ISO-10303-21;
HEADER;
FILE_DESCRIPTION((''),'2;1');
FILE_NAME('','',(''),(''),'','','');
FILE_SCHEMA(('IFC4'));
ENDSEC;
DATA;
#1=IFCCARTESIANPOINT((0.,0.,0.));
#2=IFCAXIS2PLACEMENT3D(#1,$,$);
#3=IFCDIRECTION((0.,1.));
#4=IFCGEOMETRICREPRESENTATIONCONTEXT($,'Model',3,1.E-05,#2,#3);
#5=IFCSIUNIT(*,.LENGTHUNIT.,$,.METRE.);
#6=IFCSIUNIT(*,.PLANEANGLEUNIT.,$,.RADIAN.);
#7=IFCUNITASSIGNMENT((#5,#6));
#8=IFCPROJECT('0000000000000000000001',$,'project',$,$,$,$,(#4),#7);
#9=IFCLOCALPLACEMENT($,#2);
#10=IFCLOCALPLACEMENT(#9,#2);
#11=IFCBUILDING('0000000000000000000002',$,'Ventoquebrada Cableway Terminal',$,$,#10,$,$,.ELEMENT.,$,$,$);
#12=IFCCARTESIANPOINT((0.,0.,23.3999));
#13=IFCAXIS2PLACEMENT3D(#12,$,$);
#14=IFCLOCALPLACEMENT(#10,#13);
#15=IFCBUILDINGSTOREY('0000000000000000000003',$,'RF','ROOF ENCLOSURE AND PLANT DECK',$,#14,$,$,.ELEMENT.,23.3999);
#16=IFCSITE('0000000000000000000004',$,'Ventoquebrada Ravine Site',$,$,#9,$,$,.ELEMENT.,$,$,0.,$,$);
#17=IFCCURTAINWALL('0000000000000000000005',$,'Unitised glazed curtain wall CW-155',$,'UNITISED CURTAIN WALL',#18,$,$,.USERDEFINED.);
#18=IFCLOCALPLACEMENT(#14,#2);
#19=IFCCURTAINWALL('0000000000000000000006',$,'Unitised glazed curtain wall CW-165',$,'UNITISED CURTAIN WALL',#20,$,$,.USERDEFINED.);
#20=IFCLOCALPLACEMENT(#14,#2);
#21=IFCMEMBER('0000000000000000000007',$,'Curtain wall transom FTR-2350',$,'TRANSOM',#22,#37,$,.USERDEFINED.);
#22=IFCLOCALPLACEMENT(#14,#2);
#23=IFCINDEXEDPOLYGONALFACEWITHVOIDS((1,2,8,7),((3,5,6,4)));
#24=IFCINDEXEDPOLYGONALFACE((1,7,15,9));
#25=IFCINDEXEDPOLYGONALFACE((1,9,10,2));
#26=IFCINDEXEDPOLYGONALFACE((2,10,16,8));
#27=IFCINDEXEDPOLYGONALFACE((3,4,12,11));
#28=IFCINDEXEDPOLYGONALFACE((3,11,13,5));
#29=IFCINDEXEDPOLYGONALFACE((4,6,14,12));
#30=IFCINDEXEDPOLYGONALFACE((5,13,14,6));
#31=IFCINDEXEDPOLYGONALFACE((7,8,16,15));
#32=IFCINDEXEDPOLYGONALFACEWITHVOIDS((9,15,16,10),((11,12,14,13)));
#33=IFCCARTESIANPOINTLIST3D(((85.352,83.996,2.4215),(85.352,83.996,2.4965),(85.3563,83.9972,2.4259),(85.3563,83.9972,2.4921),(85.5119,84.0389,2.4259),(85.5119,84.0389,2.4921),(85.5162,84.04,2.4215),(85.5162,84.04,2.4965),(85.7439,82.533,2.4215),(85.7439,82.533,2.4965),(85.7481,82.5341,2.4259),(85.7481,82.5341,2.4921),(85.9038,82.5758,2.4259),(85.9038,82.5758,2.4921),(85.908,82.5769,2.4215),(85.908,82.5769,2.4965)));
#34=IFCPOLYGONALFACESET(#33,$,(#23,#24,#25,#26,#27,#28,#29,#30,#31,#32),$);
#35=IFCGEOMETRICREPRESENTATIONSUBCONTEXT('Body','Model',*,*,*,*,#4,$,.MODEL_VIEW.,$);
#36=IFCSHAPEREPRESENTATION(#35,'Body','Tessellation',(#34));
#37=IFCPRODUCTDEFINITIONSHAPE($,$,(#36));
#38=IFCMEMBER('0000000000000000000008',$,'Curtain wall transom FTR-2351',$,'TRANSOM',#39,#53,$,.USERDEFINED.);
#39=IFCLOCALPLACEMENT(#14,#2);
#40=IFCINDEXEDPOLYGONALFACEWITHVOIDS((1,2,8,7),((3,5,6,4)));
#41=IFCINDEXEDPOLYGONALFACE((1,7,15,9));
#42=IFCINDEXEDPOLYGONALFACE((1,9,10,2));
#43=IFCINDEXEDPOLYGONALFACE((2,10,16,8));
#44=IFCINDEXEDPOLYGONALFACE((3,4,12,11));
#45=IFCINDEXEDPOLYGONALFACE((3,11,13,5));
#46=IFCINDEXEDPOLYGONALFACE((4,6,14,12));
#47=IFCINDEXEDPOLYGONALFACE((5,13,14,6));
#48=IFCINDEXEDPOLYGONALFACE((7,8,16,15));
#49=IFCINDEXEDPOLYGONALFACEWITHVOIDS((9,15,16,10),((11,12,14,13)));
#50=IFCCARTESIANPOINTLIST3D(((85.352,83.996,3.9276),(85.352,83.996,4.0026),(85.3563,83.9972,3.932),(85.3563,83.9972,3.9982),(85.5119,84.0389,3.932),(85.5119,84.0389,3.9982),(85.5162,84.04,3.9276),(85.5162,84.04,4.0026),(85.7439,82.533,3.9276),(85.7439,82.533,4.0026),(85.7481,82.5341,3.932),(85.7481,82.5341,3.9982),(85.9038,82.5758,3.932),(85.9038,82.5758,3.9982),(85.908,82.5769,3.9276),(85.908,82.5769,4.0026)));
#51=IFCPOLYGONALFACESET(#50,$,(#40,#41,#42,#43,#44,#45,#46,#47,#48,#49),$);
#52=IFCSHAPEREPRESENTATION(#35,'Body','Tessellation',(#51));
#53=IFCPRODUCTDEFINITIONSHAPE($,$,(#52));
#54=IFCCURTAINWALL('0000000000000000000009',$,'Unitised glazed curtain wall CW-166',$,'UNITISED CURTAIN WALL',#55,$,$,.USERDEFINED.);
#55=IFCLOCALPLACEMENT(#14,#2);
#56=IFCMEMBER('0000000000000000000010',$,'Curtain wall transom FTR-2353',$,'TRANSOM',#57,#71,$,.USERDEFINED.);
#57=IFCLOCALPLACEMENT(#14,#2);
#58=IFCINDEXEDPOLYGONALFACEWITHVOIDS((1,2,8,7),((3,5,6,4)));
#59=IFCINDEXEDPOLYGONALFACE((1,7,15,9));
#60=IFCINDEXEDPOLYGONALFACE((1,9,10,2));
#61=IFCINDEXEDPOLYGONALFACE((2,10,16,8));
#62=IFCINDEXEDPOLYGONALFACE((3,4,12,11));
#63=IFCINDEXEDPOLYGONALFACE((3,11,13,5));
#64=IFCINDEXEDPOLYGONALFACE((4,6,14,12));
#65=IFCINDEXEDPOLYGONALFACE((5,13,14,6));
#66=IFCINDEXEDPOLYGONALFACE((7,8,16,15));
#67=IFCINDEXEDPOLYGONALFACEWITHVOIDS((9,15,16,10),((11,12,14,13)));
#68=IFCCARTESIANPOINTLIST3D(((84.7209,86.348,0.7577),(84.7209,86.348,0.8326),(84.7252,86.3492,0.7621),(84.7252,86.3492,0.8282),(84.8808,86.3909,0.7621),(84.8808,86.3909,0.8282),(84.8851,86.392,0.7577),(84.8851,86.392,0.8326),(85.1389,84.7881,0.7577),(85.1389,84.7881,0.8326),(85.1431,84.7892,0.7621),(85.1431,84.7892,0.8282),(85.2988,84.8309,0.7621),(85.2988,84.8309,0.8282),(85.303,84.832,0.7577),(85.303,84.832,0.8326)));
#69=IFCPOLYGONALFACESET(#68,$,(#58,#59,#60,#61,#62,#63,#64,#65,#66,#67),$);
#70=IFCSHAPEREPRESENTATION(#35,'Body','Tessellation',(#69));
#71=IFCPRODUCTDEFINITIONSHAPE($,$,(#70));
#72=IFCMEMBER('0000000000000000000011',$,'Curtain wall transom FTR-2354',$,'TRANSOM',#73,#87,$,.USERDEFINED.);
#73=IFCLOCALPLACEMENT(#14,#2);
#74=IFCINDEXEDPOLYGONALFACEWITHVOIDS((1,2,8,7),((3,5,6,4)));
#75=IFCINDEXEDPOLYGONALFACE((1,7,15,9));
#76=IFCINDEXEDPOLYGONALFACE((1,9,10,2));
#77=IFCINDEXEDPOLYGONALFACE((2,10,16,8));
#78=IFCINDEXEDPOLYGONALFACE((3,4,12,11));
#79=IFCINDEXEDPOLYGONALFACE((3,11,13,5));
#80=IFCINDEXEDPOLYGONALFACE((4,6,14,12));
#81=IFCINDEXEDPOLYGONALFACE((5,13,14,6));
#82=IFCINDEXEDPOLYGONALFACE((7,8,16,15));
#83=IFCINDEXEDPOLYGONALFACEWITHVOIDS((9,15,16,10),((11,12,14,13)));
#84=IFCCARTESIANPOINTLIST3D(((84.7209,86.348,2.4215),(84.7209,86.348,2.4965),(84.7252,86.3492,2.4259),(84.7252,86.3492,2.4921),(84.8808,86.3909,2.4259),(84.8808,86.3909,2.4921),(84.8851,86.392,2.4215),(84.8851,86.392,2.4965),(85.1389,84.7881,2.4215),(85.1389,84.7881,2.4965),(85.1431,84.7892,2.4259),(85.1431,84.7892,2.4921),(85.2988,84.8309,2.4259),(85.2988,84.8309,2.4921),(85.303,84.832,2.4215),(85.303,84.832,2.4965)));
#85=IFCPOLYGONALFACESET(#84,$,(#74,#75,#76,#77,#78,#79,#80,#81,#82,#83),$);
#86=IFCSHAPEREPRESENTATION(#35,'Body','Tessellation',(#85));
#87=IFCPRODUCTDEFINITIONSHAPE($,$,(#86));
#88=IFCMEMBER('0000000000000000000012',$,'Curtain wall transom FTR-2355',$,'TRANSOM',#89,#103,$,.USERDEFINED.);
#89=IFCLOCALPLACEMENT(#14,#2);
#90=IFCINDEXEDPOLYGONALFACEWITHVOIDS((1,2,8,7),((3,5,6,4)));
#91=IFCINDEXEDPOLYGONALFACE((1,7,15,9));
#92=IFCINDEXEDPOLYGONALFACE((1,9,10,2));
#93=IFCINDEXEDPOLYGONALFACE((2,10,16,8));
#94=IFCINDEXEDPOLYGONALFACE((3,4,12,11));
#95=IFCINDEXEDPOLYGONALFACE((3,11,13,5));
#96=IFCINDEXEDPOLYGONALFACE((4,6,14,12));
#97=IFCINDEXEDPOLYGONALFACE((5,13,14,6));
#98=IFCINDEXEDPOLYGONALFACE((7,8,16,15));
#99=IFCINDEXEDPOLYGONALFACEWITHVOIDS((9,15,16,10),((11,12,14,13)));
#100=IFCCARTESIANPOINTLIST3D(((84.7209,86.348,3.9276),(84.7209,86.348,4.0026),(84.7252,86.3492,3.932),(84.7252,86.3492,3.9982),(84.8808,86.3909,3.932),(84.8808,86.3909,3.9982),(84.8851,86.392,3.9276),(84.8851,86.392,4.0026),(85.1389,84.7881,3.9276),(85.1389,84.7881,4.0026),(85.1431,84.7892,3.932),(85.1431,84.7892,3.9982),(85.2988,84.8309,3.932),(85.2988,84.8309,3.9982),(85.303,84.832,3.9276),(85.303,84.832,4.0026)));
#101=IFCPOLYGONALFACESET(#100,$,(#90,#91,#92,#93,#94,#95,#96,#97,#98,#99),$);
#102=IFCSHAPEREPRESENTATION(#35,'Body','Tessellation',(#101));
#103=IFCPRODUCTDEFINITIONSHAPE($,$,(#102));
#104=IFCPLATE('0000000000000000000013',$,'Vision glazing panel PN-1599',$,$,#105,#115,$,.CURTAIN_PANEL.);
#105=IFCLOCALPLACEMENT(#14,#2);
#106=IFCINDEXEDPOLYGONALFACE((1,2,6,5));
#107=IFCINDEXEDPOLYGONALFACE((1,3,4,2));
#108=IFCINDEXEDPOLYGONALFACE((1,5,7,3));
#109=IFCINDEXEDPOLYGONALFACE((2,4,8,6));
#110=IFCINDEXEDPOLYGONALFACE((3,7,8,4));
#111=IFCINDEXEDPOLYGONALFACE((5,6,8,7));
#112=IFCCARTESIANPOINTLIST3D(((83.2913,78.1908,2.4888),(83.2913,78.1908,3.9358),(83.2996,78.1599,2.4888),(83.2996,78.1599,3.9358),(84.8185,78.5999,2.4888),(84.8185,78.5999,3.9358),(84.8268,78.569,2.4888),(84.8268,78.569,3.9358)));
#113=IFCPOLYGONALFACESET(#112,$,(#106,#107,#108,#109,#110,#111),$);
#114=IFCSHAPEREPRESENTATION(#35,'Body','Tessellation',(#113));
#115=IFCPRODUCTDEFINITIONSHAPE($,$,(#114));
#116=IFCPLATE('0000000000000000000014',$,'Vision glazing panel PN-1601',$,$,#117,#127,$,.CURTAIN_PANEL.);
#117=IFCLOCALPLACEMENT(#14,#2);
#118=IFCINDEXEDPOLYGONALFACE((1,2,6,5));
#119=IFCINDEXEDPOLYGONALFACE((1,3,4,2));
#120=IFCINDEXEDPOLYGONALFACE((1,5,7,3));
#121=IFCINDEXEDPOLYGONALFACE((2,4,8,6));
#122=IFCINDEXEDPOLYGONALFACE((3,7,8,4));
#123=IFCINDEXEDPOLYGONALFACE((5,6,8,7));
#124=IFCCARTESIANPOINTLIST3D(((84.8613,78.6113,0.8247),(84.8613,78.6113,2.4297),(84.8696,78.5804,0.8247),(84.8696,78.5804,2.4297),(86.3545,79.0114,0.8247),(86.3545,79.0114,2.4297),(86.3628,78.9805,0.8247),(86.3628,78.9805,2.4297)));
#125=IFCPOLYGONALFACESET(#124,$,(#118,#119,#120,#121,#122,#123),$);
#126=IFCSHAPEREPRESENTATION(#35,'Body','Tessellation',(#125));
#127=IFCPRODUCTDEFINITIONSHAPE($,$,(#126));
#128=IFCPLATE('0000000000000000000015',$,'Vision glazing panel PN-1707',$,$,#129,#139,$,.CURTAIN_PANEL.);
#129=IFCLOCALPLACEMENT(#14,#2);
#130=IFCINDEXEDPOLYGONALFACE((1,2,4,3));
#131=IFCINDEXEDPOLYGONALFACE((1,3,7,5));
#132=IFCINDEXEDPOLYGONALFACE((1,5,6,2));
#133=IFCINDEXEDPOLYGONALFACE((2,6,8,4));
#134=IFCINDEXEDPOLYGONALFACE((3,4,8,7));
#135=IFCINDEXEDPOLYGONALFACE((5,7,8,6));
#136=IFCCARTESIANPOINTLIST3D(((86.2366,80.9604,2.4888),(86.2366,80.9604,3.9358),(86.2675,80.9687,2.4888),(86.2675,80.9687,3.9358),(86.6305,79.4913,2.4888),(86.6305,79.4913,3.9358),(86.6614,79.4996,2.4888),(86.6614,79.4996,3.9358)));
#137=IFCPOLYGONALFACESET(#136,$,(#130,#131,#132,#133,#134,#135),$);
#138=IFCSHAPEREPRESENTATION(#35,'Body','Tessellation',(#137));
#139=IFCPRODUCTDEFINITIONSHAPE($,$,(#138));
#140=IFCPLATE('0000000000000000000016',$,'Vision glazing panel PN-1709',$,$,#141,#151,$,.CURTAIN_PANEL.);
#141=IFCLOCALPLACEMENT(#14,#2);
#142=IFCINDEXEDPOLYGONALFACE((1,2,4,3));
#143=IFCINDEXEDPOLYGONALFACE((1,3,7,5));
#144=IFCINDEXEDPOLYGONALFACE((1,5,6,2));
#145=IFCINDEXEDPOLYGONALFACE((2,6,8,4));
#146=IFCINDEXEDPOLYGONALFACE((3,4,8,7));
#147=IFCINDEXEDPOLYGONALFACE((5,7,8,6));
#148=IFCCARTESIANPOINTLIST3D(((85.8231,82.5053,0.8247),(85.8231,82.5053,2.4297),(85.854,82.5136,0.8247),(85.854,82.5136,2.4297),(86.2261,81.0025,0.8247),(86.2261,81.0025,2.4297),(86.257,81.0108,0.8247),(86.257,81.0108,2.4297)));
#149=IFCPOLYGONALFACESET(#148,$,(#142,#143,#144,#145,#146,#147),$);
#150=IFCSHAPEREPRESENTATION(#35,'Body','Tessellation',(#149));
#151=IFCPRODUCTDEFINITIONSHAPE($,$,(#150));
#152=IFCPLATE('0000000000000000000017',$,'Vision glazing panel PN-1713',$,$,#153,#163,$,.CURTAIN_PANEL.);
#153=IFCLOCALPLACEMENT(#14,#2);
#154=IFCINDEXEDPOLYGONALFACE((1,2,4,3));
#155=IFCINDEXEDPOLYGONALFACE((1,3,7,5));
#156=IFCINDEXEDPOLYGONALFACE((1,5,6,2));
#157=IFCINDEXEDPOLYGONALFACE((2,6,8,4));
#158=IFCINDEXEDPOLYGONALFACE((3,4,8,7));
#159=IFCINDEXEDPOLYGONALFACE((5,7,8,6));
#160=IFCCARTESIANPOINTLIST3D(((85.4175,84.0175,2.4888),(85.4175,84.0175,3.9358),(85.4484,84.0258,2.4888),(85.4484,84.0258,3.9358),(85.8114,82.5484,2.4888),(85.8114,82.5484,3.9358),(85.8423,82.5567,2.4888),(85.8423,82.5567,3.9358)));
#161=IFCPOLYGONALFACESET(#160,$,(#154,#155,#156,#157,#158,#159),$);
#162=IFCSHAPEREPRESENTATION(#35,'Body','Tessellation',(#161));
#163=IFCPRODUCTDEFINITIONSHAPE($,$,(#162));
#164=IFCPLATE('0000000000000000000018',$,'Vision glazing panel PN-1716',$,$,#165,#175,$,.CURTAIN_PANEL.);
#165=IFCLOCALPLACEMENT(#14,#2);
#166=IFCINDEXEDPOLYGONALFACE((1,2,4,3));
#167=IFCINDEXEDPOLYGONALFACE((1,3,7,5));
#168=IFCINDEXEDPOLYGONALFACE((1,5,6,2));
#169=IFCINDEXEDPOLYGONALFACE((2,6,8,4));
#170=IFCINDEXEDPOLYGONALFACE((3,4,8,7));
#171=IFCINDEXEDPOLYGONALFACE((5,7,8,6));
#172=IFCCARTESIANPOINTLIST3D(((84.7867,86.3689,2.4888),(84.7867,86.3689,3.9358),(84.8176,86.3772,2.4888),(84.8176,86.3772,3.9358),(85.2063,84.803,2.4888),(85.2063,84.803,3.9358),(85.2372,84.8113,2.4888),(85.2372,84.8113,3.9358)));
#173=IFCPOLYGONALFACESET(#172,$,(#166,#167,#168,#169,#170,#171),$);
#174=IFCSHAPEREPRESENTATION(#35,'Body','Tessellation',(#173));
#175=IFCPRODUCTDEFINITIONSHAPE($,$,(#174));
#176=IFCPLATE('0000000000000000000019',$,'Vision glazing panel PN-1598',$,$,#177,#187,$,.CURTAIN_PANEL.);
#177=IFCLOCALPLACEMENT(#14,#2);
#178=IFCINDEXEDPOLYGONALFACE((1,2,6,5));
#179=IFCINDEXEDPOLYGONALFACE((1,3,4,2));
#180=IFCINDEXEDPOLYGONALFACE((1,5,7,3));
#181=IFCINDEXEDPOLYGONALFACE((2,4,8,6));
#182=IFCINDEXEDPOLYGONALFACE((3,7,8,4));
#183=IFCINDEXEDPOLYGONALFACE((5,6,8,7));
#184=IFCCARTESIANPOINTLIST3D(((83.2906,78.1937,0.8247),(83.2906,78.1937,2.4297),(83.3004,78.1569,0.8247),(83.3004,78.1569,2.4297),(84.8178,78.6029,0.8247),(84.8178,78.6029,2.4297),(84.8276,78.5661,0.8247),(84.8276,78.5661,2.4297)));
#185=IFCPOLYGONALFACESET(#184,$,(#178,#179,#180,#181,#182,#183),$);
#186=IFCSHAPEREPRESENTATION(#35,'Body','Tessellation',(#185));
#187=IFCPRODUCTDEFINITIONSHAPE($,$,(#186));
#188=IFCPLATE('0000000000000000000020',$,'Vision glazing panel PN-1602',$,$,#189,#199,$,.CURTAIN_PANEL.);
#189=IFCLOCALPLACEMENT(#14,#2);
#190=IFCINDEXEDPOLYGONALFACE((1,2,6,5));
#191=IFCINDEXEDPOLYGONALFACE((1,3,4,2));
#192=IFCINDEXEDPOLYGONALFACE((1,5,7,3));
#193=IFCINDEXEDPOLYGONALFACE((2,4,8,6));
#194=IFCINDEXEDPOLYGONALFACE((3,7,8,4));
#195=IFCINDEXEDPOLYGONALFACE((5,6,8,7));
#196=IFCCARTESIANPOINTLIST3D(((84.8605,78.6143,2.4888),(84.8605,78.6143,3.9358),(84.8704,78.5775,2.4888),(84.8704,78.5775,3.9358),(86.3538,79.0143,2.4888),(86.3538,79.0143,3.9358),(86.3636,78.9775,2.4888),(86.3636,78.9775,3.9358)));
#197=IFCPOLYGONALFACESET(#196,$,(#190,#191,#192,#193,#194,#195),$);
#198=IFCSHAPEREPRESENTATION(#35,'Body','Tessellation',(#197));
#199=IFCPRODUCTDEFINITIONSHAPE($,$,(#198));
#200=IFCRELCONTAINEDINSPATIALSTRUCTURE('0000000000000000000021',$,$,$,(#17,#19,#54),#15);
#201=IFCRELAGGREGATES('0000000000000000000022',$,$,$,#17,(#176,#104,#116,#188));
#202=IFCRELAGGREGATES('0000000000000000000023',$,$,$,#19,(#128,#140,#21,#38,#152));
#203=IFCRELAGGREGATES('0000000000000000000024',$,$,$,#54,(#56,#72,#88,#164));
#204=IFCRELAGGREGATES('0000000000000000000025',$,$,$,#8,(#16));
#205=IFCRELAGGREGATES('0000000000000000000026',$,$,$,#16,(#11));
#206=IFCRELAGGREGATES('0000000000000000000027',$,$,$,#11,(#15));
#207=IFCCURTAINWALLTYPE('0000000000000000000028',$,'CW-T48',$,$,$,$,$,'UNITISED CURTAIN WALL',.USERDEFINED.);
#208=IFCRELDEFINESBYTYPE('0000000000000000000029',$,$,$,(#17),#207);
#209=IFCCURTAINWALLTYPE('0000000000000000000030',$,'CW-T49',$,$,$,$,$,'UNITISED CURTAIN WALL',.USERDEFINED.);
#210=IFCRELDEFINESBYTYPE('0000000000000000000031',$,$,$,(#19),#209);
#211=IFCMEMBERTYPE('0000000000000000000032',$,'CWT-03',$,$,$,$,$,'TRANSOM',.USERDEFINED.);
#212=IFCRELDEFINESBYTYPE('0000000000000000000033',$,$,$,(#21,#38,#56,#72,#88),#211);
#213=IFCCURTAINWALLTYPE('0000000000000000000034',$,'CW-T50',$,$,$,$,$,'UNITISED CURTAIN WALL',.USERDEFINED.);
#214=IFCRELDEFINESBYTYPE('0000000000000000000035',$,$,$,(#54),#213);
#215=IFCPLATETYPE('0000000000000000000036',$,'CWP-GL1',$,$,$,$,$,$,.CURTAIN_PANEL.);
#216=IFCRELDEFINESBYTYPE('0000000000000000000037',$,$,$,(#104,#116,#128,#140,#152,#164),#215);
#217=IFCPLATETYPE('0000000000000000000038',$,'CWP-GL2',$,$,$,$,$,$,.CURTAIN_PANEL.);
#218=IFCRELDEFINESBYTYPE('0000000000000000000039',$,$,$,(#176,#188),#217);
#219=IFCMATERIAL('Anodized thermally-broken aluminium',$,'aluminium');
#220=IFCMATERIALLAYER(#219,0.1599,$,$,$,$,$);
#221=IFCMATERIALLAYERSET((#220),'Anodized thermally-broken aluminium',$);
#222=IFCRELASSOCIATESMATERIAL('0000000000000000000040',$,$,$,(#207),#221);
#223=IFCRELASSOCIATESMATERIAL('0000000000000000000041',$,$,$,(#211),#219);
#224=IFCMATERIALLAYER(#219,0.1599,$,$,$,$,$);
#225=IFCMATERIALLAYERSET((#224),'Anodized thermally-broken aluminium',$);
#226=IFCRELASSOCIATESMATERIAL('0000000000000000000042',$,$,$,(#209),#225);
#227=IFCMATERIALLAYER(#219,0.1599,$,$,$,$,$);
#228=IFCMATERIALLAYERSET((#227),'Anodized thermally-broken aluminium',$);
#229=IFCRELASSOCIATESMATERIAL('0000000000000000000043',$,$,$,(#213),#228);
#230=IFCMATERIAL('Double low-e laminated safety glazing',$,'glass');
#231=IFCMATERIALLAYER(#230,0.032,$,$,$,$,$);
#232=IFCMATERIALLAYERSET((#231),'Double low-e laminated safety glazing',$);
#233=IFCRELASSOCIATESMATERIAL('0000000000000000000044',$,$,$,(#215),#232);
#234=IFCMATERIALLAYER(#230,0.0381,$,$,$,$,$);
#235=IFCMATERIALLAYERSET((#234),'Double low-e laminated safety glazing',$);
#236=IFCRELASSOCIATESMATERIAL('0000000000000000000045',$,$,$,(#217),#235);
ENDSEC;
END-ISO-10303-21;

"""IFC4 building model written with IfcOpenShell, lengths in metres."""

from ifc_helpers import new_model, si_unit, direction, frame, origin, origin_2d, place, context, subcontext, project, spatial, rectangle, hollow_rectangle, extrude, material, layer, layer_set, material_profile, profile_set, type_object, element, aggregate, save


model = new_model("IFC4")

# Units and contexts
model_context = context("Model", 3, precision=1e-05, world=origin(), true_north=direction((0.0, 1.0)))
body_context = subcontext(model_context, "Body", "Model", "MODEL_VIEW")
ifc_project = project(units=[si_unit("LENGTHUNIT", "METRE"), si_unit("PLANEANGLEUNIT", "RADIAN")], contexts=[model_context])

# Site, building, storey
site_placement = place(None, origin())
site = spatial("IfcSite", under=ifc_project, at=site_placement, Name="Ventoquebrada Ravine Site", CompositionType="ELEMENT", RefElevation=0.0)
building_placement = place(site_placement, origin())
building = spatial("IfcBuilding", under=site, at=building_placement, Name="Ventoquebrada Cableway Terminal", CompositionType="ELEMENT")
storey_placement = place(building_placement, frame((0.0, 0.0, 23.3999)))
storey = spatial("IfcBuildingStorey", under=building, at=storey_placement, Name="RF", Description="ROOF ENCLOSURE AND PLANT DECK", CompositionType="ELEMENT", Elevation=23.3999)

# Curtain walls, members
ifc_material_1 = material(Name="Anodized thermally-broken aluminium", Category="aluminium")
ifc_layer_1 = layer(ifc_material_1, 0.1599)
ifc_layer_set_1 = layer_set([ifc_layer_1], Name="Anodized thermally-broken aluminium")
curtain_wall_type_1 = type_object("IfcCurtainWallType", Name="CW-T48", ElementType="UNITISED CURTAIN WALL", PredefinedType="USERDEFINED", material=ifc_layer_set_1)
curtain_wall_1_placement = place(storey_placement, origin())
curtain_wall_1 = element("IfcCurtainWall", 1, at=curtain_wall_1_placement, inside=storey, type_object=curtain_wall_type_1, Name="Unitised glazed curtain wall CW-155", ObjectType="UNITISED CURTAIN WALL", PredefinedType="USERDEFINED")
ifc_material_profile = material_profile(ifc_material_1, hollow_rectangle(XDim=0.075, YDim=0.1699, WallThickness=0.0044, at=origin_2d()), Name="CW-TRN-75X170")
ifc_profile_set = profile_set([ifc_material_profile], Name="Anodized thermally-broken aluminium")
member_type = type_object("IfcMemberType", Name="CWT-03", ElementType="TRANSOM", PredefinedType="USERDEFINED", material=ifc_profile_set)
ifc_layer_2 = layer(ifc_material_1, 0.1599)
ifc_layer_set_2 = layer_set([ifc_layer_2], Name="Anodized thermally-broken aluminium")
curtain_wall_type_2 = type_object("IfcCurtainWallType", Name="CW-T49", ElementType="UNITISED CURTAIN WALL", PredefinedType="USERDEFINED", material=ifc_layer_set_2)
curtain_wall_2_placement = place(storey_placement, origin())
curtain_wall_2 = element("IfcCurtainWall", 2, at=curtain_wall_2_placement, inside=storey, type_object=curtain_wall_type_2, Name="Unitised glazed curtain wall CW-165", ObjectType="UNITISED CURTAIN WALL", PredefinedType="USERDEFINED")
member_1_placement = place(storey_placement, frame((85.8259, 82.5549, 2.459), z_axis=(-0.258696, 0.965959, 0.0), x_axis=(0.0, 0.0, 1.0)))
member_1 = element("IfcMember", 3, at=member_1_placement, type_object=member_type, Name="Curtain wall transom FTR-2350", ObjectType="TRANSOM", PredefinedType="USERDEFINED", context=body_context, shape_type="SweptSolid", body=[
    extrude(hollow_rectangle(XDim=0.075, YDim=0.1699, WallThickness=0.0044, at=origin_2d()), origin(), (0.0, 0.0, 1.0), 1.5146),
])
member_2_placement = place(storey_placement, frame((85.8259, 82.5549, 3.9651), z_axis=(-0.258696, 0.965959, 0.0), x_axis=(0.0, 0.0, 1.0)))
member_2 = element("IfcMember", 4, at=member_2_placement, type_object=member_type, Name="Curtain wall transom FTR-2351", ObjectType="TRANSOM", PredefinedType="USERDEFINED", context=body_context, shape_type="SweptSolid", body=[
    extrude(hollow_rectangle(XDim=0.075, YDim=0.1699, WallThickness=0.0044, at=origin_2d()), origin(), (0.0, 0.0, 1.0), 1.5146),
])
ifc_layer_3 = layer(ifc_material_1, 0.1599)
ifc_layer_set_3 = layer_set([ifc_layer_3], Name="Anodized thermally-broken aluminium")
curtain_wall_type_3 = type_object("IfcCurtainWallType", Name="CW-T50", ElementType="UNITISED CURTAIN WALL", PredefinedType="USERDEFINED", material=ifc_layer_set_3)
curtain_wall_3_placement = place(storey_placement, origin())
curtain_wall_3 = element("IfcCurtainWall", 5, at=curtain_wall_3_placement, inside=storey, type_object=curtain_wall_type_3, Name="Unitised glazed curtain wall CW-166", ObjectType="UNITISED CURTAIN WALL", PredefinedType="USERDEFINED")
member_3_placement = place(storey_placement, frame((85.2209, 84.8101, 0.7952), z_axis=(-0.258791, 0.965933, 0.0), x_axis=(0.0, 0.0, 1.0)))
member_3 = element("IfcMember", 6, at=member_3_placement, type_object=member_type, Name="Curtain wall transom FTR-2353", ObjectType="TRANSOM", PredefinedType="USERDEFINED", context=body_context, shape_type="SweptSolid", body=[
    extrude(hollow_rectangle(XDim=0.075, YDim=0.1699, WallThickness=0.0044, at=origin_2d()), origin(), (0.0, 0.0, 1.0), 1.615),
])
member_4_placement = place(storey_placement, frame((85.2209, 84.8101, 2.459), z_axis=(-0.258791, 0.965933, 0.0), x_axis=(0.0, 0.0, 1.0)))
member_4 = element("IfcMember", 7, at=member_4_placement, type_object=member_type, Name="Curtain wall transom FTR-2354", ObjectType="TRANSOM", PredefinedType="USERDEFINED", context=body_context, shape_type="SweptSolid", body=[
    extrude(hollow_rectangle(XDim=0.075, YDim=0.1699, WallThickness=0.0044, at=origin_2d()), origin(), (0.0, 0.0, 1.0), 1.615),
])
member_5_placement = place(storey_placement, frame((85.2209, 84.8101, 3.9651), z_axis=(-0.258791, 0.965933, 0.0), x_axis=(0.0, 0.0, 1.0)))
member_5 = element("IfcMember", 8, at=member_5_placement, type_object=member_type, Name="Curtain wall transom FTR-2355", ObjectType="TRANSOM", PredefinedType="USERDEFINED", context=body_context, shape_type="SweptSolid", body=[
    extrude(hollow_rectangle(XDim=0.075, YDim=0.1699, WallThickness=0.0044, at=origin_2d()), origin(), (0.0, 0.0, 1.0), 1.615),
])

# Plates
ifc_material_2 = material(Name="Double low-e laminated safety glazing", Category="glass")
ifc_layer_4 = layer(ifc_material_2, 0.032)
ifc_layer_set_4 = layer_set([ifc_layer_4], Name="Double low-e laminated safety glazing")
plate_type_1 = type_object("IfcPlateType", Name="CWP-GL1", PredefinedType="CURTAIN_PANEL", material=ifc_layer_set_4)
plate_1_placement = place(storey_placement, frame((84.0591, 78.3799, 2.4888), z_axis=(0.0, 0.0, 1.0), x_axis=(0.965935, 0.258785, 0.0)))
plate_1 = element("IfcPlate", 9, at=plate_1_placement, type_object=plate_type_1, Name="Vision glazing panel PN-1599", PredefinedType="CURTAIN_PANEL", context=body_context, shape_type="SweptSolid", body=[
    extrude(rectangle(XDim=1.5811, YDim=0.032, at=origin_2d()), origin(), (0.0, 0.0, 1.0), 1.447),
])
plate_2_placement = place(storey_placement, frame((85.6121, 78.7959, 0.8247), z_axis=(0.0, 0.0, 1.0), x_axis=(0.965935, 0.258785, 0.0)))
plate_2 = element("IfcPlate", 10, at=plate_2_placement, type_object=plate_type_1, Name="Vision glazing panel PN-1601", PredefinedType="CURTAIN_PANEL", context=body_context, shape_type="SweptSolid", body=[
    extrude(rectangle(XDim=1.5459, YDim=0.032, at=origin_2d()), origin(), (0.0, 0.0, 1.0), 1.605),
])
plate_3_placement = place(storey_placement, frame((86.449, 80.23, 2.4888), z_axis=(0.0, 0.0, 1.0), x_axis=(-0.258971, 0.965885, 0.0)))
plate_3 = element("IfcPlate", 11, at=plate_3_placement, type_object=plate_type_1, Name="Vision glazing panel PN-1707", PredefinedType="CURTAIN_PANEL", context=body_context, shape_type="SweptSolid", body=[
    extrude(rectangle(XDim=1.521, YDim=0.032, at=origin_2d()), origin(), (0.0, 0.0, 1.0), 1.447),
])
plate_4_placement = place(storey_placement, frame((86.04, 81.7581, 0.8247), z_axis=(0.0, 0.0, 1.0), x_axis=(-0.258971, 0.965885, 0.0)))
plate_4 = element("IfcPlate", 12, at=plate_4_placement, type_object=plate_type_1, Name="Vision glazing panel PN-1709", PredefinedType="CURTAIN_PANEL", context=body_context, shape_type="SweptSolid", body=[
    extrude(rectangle(XDim=1.5559, YDim=0.032, at=origin_2d()), origin(), (0.0, 0.0, 1.0), 1.605),
])
plate_5_placement = place(storey_placement, frame((85.6299, 83.2871, 2.4888), z_axis=(0.0, 0.0, 1.0), x_axis=(-0.258971, 0.965885, 0.0)))
plate_5 = element("IfcPlate", 13, at=plate_5_placement, type_object=plate_type_1, Name="Vision glazing panel PN-1713", PredefinedType="CURTAIN_PANEL", context=body_context, shape_type="SweptSolid", body=[
    extrude(rectangle(XDim=1.521, YDim=0.032, at=origin_2d()), origin(), (0.0, 0.0, 1.0), 1.447),
])
plate_6_placement = place(storey_placement, frame((85.012, 85.5901, 2.4888), z_axis=(0.0, 0.0, 1.0), x_axis=(-0.258802, 0.96593, 0.0)))
plate_6 = element("IfcPlate", 14, at=plate_6_placement, type_object=plate_type_1, Name="Vision glazing panel PN-1716", PredefinedType="CURTAIN_PANEL", context=body_context, shape_type="SweptSolid", body=[
    extrude(rectangle(XDim=1.6211, YDim=0.032, at=origin_2d()), origin(), (0.0, 0.0, 1.0), 1.447),
])
ifc_layer_5 = layer(ifc_material_2, 0.0381)
ifc_layer_set_5 = layer_set([ifc_layer_5], Name="Double low-e laminated safety glazing")
plate_type_2 = type_object("IfcPlateType", Name="CWP-GL2", PredefinedType="CURTAIN_PANEL", material=ifc_layer_set_5)
plate_7_placement = place(storey_placement, frame((84.0591, 78.3799, 0.8247), z_axis=(0.0, 0.0, 1.0), x_axis=(0.965935, 0.258785, 0.0)))
plate_7 = element("IfcPlate", 15, at=plate_7_placement, type_object=plate_type_2, Name="Vision glazing panel PN-1598", PredefinedType="CURTAIN_PANEL", context=body_context, shape_type="SweptSolid", body=[
    extrude(rectangle(XDim=1.5811, YDim=0.0381, at=origin_2d()), origin(), (0.0, 0.0, 1.0), 1.605),
])
plate_8_placement = place(storey_placement, frame((85.6121, 78.7959, 2.4888), z_axis=(0.0, 0.0, 1.0), x_axis=(0.965935, 0.258785, 0.0)))
plate_8 = element("IfcPlate", 16, at=plate_8_placement, type_object=plate_type_2, Name="Vision glazing panel PN-1602", PredefinedType="CURTAIN_PANEL", context=body_context, shape_type="SweptSolid", body=[
    extrude(rectangle(XDim=1.5459, YDim=0.0381, at=origin_2d()), origin(), (0.0, 0.0, 1.0), 1.447),
])
aggregate(curtain_wall_1, [plate_7, plate_1, plate_2, plate_8])
aggregate(curtain_wall_2, [plate_3, plate_4, member_1, member_2, plate_5])
aggregate(curtain_wall_3, [member_3, member_4, member_5, plate_6])

save(model, "model.ifc")
